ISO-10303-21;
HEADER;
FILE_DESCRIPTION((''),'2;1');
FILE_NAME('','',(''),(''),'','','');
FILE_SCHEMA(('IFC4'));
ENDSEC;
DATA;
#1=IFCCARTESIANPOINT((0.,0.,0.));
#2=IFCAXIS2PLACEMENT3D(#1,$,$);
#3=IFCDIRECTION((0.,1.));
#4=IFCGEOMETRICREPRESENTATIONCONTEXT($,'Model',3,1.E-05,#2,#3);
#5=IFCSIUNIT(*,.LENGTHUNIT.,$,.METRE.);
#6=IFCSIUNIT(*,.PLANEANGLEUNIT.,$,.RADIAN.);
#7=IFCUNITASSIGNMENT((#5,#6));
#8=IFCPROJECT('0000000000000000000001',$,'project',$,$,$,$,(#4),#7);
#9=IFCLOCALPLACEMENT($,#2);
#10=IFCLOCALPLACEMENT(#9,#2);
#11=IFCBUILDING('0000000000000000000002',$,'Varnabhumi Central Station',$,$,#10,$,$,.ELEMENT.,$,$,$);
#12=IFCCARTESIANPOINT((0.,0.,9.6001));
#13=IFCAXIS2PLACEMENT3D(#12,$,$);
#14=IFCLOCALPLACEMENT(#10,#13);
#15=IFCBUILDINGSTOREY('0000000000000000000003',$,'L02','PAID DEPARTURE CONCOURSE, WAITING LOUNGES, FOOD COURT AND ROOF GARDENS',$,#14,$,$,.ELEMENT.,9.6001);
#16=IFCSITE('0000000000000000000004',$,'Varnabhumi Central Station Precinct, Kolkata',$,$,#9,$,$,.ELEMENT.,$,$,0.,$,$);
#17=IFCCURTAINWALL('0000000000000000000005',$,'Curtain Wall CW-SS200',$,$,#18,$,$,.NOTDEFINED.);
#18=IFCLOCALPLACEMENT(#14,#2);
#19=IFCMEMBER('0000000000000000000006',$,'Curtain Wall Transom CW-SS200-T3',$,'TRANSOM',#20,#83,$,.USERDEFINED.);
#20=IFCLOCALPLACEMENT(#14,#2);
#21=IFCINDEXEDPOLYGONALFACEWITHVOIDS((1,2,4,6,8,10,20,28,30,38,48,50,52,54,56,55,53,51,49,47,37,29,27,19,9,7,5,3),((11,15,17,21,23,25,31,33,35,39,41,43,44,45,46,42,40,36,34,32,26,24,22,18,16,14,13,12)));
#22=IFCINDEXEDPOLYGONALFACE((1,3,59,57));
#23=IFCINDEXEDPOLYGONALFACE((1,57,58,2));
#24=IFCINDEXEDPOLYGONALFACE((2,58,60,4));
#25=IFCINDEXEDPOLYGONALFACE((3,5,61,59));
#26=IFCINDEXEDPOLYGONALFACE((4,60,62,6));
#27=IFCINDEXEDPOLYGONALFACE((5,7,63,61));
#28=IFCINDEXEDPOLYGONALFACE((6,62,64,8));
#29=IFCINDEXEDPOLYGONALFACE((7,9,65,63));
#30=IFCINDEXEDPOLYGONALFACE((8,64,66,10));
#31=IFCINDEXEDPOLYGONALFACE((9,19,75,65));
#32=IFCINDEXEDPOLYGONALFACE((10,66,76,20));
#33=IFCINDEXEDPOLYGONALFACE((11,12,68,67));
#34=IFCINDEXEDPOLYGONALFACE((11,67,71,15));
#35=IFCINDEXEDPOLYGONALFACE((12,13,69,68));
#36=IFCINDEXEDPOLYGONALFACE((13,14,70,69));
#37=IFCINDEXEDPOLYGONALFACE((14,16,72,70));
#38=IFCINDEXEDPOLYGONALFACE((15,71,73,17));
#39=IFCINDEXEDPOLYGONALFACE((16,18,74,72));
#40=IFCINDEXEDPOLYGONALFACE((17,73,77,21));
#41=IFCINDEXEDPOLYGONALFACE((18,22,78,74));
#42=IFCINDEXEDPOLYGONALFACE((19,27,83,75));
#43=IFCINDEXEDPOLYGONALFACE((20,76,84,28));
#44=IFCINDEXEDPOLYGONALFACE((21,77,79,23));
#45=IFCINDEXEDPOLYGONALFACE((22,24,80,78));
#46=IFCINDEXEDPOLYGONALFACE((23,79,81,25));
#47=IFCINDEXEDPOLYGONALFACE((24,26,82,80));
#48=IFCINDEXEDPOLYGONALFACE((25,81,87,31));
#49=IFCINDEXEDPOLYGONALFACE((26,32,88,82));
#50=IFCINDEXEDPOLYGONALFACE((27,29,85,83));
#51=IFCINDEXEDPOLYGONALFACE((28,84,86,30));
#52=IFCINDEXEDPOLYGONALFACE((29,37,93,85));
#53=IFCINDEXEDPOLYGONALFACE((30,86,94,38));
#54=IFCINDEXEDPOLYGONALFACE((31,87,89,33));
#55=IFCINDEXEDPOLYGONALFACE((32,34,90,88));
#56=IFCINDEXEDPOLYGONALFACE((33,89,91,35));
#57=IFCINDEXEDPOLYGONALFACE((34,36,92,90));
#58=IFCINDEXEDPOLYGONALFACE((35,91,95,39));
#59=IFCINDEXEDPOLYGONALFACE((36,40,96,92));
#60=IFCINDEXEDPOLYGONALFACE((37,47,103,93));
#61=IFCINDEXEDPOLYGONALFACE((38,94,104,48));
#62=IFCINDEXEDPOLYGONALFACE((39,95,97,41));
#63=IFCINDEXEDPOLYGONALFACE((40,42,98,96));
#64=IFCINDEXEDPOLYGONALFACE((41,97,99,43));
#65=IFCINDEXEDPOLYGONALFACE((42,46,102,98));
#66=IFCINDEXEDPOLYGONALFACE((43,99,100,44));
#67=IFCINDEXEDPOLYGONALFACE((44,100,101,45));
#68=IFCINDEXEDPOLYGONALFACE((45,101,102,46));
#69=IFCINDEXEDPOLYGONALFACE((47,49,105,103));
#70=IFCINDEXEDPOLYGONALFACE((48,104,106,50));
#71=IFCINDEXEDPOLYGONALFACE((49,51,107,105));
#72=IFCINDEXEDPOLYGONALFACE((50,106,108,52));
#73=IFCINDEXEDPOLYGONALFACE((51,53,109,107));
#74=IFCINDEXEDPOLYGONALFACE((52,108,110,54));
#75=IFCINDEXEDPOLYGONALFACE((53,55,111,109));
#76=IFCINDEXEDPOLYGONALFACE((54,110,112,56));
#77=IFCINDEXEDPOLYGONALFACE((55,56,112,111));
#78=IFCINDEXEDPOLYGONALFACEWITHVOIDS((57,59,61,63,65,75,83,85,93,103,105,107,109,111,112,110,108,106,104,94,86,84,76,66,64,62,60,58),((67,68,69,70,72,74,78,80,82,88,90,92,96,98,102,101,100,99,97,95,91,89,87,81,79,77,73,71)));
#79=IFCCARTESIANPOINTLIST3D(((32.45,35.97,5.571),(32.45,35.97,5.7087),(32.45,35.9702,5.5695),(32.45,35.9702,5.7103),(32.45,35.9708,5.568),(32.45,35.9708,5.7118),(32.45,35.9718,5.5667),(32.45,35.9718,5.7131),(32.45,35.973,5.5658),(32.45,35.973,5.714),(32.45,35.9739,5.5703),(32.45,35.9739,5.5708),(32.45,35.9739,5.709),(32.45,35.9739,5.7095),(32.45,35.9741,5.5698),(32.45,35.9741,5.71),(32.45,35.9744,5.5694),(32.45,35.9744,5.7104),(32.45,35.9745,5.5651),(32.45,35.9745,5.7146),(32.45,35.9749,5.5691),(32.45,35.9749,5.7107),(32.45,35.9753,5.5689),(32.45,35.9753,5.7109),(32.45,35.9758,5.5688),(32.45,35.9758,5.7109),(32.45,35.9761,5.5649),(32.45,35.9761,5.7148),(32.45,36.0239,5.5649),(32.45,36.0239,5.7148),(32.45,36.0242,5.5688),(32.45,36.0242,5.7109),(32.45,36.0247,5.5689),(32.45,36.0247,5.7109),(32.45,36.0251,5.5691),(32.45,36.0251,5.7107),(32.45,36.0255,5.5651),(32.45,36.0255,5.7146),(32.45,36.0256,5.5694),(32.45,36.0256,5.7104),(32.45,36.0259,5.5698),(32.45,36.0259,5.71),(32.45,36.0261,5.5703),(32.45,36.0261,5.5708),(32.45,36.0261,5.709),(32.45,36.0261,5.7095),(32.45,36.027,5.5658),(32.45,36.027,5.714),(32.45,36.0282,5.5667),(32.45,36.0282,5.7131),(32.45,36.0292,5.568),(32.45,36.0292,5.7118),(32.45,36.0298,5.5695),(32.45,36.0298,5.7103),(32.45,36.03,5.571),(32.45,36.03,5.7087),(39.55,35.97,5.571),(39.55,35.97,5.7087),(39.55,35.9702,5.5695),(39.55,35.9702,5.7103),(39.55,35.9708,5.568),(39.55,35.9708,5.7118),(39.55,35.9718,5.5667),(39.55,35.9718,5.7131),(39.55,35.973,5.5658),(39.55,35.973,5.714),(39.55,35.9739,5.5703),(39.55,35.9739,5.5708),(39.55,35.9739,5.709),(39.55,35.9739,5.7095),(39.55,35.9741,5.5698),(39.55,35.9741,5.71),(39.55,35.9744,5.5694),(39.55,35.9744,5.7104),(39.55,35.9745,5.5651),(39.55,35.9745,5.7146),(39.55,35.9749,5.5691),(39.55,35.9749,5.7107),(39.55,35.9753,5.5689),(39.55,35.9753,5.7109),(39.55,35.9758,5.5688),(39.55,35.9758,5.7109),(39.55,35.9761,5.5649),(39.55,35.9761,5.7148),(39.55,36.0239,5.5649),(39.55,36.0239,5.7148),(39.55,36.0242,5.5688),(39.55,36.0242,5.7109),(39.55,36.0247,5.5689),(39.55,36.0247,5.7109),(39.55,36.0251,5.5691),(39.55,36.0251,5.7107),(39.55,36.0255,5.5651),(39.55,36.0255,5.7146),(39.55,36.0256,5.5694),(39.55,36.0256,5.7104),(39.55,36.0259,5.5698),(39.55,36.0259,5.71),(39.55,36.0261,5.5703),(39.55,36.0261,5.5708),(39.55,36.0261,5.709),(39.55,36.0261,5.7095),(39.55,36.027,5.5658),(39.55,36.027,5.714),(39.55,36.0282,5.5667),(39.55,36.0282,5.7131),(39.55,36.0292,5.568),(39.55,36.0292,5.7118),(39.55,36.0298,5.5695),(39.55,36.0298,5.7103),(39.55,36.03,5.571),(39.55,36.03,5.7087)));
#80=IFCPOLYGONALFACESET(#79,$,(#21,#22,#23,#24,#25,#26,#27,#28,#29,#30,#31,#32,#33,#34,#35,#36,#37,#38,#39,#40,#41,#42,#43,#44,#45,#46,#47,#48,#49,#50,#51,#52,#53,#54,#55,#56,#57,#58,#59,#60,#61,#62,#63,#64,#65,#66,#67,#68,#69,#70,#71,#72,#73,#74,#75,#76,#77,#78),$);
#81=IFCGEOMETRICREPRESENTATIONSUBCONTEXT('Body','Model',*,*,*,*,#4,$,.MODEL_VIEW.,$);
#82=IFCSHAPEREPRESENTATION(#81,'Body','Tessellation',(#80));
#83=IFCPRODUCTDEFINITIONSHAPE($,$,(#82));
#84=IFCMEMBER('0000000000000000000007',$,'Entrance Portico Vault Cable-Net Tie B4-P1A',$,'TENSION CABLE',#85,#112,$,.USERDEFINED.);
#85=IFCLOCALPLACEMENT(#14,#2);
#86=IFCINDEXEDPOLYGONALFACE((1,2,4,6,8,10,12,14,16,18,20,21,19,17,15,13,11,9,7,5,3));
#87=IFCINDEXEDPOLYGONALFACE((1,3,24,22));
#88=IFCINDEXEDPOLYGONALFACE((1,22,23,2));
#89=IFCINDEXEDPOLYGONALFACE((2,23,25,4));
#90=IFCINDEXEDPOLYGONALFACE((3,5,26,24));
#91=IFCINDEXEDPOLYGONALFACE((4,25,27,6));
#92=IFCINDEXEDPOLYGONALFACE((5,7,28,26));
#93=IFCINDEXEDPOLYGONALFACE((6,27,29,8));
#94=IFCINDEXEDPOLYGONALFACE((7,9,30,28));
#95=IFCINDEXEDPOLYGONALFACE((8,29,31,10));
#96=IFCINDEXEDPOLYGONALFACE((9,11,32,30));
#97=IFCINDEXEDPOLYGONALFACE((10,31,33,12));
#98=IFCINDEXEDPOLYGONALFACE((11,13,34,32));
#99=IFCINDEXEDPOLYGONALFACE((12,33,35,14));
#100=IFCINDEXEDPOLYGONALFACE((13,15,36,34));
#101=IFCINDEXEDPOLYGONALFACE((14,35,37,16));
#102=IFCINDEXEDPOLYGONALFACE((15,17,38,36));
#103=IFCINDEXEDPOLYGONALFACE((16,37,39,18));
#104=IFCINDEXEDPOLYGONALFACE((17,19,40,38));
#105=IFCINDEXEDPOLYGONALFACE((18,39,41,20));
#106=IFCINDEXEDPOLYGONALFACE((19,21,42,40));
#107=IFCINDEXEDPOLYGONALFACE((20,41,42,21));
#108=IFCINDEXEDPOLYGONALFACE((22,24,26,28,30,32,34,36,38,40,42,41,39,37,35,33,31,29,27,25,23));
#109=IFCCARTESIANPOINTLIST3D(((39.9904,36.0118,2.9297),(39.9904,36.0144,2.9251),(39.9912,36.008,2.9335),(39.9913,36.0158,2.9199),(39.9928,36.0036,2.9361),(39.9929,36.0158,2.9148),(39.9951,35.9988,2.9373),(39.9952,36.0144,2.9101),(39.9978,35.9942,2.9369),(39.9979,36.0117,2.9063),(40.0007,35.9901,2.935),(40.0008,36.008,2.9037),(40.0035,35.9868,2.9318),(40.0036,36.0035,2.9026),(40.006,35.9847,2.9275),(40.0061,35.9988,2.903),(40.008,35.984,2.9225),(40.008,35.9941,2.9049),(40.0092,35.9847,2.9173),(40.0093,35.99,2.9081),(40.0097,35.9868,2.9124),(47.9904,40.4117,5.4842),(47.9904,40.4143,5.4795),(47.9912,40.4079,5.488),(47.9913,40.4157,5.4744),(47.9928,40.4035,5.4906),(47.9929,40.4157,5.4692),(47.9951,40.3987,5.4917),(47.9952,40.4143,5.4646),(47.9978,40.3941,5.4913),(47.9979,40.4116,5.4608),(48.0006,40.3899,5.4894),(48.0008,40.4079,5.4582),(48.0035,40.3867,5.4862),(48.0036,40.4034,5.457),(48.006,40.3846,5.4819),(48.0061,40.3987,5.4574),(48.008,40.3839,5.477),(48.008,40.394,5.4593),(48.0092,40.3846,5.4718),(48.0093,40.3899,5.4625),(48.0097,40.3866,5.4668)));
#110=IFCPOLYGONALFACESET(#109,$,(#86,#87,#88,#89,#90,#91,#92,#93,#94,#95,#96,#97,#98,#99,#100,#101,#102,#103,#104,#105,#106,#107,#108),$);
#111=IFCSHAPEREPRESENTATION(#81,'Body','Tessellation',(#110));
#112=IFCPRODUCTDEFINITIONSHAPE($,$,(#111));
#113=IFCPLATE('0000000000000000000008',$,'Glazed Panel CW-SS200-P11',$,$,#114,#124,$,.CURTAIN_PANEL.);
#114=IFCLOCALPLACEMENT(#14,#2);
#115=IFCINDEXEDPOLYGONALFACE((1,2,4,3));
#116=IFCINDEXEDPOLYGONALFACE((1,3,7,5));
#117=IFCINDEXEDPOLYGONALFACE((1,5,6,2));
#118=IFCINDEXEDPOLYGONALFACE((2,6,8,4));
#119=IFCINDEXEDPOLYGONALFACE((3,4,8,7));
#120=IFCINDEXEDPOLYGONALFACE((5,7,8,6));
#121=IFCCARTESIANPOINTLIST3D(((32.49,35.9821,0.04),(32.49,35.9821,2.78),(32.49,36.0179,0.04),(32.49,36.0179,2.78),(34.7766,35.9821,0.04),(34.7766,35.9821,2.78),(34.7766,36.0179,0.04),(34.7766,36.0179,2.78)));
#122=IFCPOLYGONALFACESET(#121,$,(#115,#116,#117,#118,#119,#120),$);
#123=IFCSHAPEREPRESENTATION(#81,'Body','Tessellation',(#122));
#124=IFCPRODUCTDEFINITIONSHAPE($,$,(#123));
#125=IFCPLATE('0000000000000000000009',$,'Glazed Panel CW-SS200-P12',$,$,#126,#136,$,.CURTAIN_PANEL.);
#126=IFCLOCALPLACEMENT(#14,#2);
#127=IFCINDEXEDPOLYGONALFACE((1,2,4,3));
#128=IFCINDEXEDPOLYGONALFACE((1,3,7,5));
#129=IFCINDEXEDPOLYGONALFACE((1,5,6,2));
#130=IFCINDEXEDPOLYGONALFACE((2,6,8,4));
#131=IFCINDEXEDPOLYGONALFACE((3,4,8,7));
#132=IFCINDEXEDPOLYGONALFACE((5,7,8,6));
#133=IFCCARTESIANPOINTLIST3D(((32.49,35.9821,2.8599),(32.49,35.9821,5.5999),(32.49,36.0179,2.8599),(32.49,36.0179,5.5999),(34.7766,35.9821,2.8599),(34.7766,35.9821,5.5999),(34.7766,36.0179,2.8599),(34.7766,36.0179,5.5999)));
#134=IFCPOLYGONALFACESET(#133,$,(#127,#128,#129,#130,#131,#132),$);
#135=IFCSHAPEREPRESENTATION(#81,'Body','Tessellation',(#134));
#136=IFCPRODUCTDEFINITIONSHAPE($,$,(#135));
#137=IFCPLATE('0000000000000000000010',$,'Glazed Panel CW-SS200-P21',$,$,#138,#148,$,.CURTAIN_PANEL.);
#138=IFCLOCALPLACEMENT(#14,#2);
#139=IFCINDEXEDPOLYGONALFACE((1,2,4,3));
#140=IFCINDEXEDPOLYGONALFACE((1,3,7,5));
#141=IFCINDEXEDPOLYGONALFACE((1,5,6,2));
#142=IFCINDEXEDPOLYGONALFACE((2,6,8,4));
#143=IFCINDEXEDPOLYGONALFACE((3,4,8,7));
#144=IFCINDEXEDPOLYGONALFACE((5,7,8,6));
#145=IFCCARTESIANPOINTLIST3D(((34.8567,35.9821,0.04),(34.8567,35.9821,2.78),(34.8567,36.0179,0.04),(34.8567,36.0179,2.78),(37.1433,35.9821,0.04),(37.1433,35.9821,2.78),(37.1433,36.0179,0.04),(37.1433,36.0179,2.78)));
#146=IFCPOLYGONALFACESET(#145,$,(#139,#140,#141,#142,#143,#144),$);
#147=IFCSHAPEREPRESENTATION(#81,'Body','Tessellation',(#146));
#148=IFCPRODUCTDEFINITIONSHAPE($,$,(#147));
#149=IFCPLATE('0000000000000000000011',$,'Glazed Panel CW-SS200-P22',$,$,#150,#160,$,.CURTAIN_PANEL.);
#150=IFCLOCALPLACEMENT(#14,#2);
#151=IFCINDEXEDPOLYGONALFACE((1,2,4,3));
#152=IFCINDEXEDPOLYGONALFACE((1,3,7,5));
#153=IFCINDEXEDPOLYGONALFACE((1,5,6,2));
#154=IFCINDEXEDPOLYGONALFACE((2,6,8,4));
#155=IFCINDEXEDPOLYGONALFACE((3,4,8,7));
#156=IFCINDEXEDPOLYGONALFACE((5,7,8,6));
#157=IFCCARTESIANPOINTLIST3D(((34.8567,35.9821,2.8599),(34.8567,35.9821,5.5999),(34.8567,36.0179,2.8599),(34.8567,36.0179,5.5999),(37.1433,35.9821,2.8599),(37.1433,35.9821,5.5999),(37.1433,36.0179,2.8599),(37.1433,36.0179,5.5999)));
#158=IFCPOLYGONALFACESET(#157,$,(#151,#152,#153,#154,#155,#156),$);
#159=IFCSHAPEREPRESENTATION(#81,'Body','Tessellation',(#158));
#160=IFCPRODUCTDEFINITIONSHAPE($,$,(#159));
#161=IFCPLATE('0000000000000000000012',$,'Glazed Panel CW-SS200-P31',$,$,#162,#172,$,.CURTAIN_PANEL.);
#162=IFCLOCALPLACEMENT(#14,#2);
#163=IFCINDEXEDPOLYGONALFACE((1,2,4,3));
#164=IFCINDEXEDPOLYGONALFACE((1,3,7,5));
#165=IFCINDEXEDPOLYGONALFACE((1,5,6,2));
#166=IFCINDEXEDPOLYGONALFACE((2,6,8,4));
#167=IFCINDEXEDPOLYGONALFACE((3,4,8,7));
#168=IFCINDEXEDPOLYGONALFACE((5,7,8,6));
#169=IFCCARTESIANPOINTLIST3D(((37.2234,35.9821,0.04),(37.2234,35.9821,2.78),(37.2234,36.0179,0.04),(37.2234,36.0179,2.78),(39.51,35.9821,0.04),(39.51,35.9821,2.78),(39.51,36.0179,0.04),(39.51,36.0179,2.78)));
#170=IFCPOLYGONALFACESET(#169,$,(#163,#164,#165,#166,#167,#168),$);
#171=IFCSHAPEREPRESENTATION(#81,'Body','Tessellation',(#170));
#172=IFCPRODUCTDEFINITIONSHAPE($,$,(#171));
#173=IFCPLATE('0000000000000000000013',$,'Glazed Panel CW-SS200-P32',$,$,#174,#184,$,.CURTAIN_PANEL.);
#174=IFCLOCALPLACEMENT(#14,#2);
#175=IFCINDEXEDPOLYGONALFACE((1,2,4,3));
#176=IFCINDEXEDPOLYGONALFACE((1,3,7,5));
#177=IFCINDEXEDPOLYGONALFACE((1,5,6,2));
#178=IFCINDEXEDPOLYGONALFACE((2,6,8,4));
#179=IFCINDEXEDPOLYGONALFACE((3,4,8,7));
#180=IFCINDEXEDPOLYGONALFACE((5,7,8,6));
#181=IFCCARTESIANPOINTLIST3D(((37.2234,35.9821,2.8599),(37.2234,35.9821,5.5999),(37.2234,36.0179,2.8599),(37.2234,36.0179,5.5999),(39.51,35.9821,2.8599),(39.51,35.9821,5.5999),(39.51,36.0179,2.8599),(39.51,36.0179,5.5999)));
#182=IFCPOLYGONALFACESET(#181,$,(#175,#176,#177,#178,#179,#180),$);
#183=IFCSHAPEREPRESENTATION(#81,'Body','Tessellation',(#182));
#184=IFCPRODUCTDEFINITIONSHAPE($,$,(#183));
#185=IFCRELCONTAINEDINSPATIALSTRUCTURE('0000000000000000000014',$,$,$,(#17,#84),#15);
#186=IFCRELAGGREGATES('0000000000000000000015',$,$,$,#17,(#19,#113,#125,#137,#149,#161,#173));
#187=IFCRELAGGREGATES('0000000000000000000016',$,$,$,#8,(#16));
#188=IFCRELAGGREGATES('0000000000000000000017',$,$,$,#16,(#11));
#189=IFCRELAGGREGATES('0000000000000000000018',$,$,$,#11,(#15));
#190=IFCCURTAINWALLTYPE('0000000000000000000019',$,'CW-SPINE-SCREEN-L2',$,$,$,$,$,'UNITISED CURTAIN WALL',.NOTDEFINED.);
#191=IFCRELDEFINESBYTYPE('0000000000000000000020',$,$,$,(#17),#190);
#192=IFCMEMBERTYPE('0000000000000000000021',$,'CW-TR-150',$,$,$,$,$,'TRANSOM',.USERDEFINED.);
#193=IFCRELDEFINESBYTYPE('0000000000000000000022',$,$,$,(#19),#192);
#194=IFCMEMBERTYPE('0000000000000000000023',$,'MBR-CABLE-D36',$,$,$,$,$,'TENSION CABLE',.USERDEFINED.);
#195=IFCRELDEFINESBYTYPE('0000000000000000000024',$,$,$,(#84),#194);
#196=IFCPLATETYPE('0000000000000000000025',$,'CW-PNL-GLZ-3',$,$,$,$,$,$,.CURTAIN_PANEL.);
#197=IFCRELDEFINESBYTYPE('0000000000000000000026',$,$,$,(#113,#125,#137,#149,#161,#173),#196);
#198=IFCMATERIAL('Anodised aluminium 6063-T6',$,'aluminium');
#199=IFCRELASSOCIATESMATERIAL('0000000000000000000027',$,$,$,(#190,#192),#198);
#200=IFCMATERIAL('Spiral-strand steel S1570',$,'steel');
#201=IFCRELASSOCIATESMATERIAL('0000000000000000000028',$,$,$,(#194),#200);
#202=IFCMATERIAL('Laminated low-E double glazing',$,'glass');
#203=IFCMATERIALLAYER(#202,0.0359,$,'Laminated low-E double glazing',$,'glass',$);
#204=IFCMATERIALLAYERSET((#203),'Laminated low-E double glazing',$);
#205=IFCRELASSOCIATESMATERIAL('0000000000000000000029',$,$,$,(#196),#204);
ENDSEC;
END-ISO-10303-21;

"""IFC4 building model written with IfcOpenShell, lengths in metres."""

from ifc_helpers import new_model, si_unit, direction, frame, origin, origin_2d, place, context, subcontext, project, spatial, rectangle, hollow_rectangle, circle, extrude, material, layer, layer_set, material_profile, profile_set, type_object, element, aggregate, save


model = new_model("IFC4")

# Units and contexts
model_context = context("Model", 3, precision=1e-05, world=origin(), true_north=direction((0.0, 1.0)))
body_context = subcontext(model_context, "Body", "Model", "MODEL_VIEW")
ifc_project = project(units=[si_unit("LENGTHUNIT", "METRE"), si_unit("PLANEANGLEUNIT", "RADIAN")], contexts=[model_context])

# Site, building, storey
site_placement = place(None, origin())
site = spatial("IfcSite", under=ifc_project, at=site_placement, Name="Varnabhumi Central Station Precinct, Kolkata", CompositionType="ELEMENT", RefElevation=0.0)
building_placement = place(site_placement, origin())
building = spatial("IfcBuilding", under=site, at=building_placement, Name="Varnabhumi Central Station", CompositionType="ELEMENT")
storey_placement = place(building_placement, frame((0.0, 0.0, 9.6001)))
storey = spatial("IfcBuildingStorey", under=building, at=storey_placement, Name="L02", Description="PAID DEPARTURE CONCOURSE, WAITING LOUNGES, FOOD COURT AND ROOF GARDENS", CompositionType="ELEMENT", Elevation=9.6001)

# Curtain wall, member
ifc_material_1 = material(Name="Anodised aluminium 6063-T6", Category="aluminium")
curtain_wall_type = type_object("IfcCurtainWallType", Name="CW-SPINE-SCREEN-L2", ElementType="UNITISED CURTAIN WALL", PredefinedType="NOTDEFINED", material=ifc_material_1)
curtain_wall_placement = place(storey_placement, origin())
curtain_wall = element("IfcCurtainWall", 1, at=curtain_wall_placement, inside=storey, type_object=curtain_wall_type, Name="Curtain Wall CW-SS200", PredefinedType="NOTDEFINED")
ifc_material_profile_1 = material_profile(ifc_material_1, hollow_rectangle(XDim=0.0601, YDim=0.1499, WallThickness=0.0039, InnerFilletRadius=0.002, OuterFilletRadius=0.0061, at=origin_2d()), Name="Anodised aluminium 6063-T6", Category="aluminium")
ifc_profile_set_1 = profile_set([ifc_material_profile_1], Name="Anodised aluminium 6063-T6")
member_type_1 = type_object("IfcMemberType", Name="CW-TR-150", ElementType="TRANSOM", PredefinedType="USERDEFINED", material=ifc_profile_set_1)
member_1_placement = place(storey_placement, frame((32.45, 36.0, 5.6399), z_axis=(1.0, 0.0, 0.0), x_axis=(0.0, 1.0, 0.0)))
member_1 = element("IfcMember", 2, at=member_1_placement, type_object=member_type_1, Name="Curtain Wall Transom CW-SS200-T3", ObjectType="TRANSOM", PredefinedType="USERDEFINED", context=body_context, shape_type="SweptSolid", body=[
    extrude(hollow_rectangle(XDim=0.0601, YDim=0.1499, WallThickness=0.0039, InnerFilletRadius=0.002, OuterFilletRadius=0.0061, at=origin_2d()), origin(), (0.0, 0.0, 1.0), 7.1001),
])

# Member
ifc_material_2 = material(Name="Spiral-strand steel S1570", Category="steel")
ifc_material_profile_2 = material_profile(ifc_material_2, circle(Radius=0.0181, at=origin_2d()), Name="Spiral-strand steel S1570", Category="steel")
ifc_profile_set_2 = profile_set([ifc_material_profile_2], Name="Spiral-strand steel S1570")
member_type_2 = type_object("IfcMemberType", Name="MBR-CABLE-D36", ElementType="TENSION CABLE", PredefinedType="USERDEFINED", material=ifc_profile_set_2)
member_2_placement = place(storey_placement, frame((40.0, 36.0, 2.9199), z_axis=(0.843817, 0.464089, 0.269435), x_axis=(-0.481911, 0.87622, 0.0)))
element("IfcMember", 3, at=member_2_placement, inside=storey, type_object=member_type_2, Name="Entrance Portico Vault Cable-Net Tie B4-P1A", ObjectType="TENSION CABLE", PredefinedType="USERDEFINED", context=body_context, shape_type="SweptSolid", body=[
    extrude(circle(Radius=0.0181, at=origin_2d()), origin(), (0.0, 0.0, 1.0), 9.4807),
])

# Plates
ifc_material_3 = material(Name="Laminated low-E double glazing", Category="glass")
ifc_layer_1 = layer(ifc_material_3, 0.0359, Name="Laminated low-E double glazing", Category="glass")
ifc_layer_set_1 = layer_set([ifc_layer_1], Name="Laminated low-E double glazing")
plate_type_1 = type_object("IfcPlateType", Name="CW-PNL-GLZ-3", PredefinedType="CURTAIN_PANEL", material=ifc_layer_set_1)
plate_1_placement = place(storey_placement, frame((33.6333, 36.0, 0.04), z_axis=(0.0, 0.0, 1.0), x_axis=(1.0, 0.0, 0.0)))
plate_1 = element("IfcPlate", 4, at=plate_1_placement, type_object=plate_type_1, Name="Glazed Panel CW-SS200-P11", PredefinedType="CURTAIN_PANEL", context=body_context, shape_type="SweptSolid", body=[
    extrude(rectangle(XDim=2.2866, YDim=0.0359, at=origin_2d()), origin(), (0.0, 0.0, 1.0), 2.74),
])
plate_2_placement = place(storey_placement, frame((33.6333, 36.0, 2.8599), z_axis=(0.0, 0.0, 1.0), x_axis=(1.0, 0.0, 0.0)))
plate_2 = element("IfcPlate", 5, at=plate_2_placement, type_object=plate_type_1, Name="Glazed Panel CW-SS200-P12", PredefinedType="CURTAIN_PANEL", context=body_context, shape_type="SweptSolid", body=[
    extrude(rectangle(XDim=2.2866, YDim=0.0359, at=origin_2d()), origin(), (0.0, 0.0, 1.0), 2.74),
])
plate_3_placement = place(storey_placement, frame((36.0, 36.0, 0.04), z_axis=(0.0, 0.0, 1.0), x_axis=(1.0, 0.0, 0.0)))
plate_3 = element("IfcPlate", 6, at=plate_3_placement, type_object=plate_type_1, Name="Glazed Panel CW-SS200-P21", PredefinedType="CURTAIN_PANEL", context=body_context, shape_type="SweptSolid", body=[
    extrude(rectangle(XDim=2.2866, YDim=0.0359, at=origin_2d()), origin(), (0.0, 0.0, 1.0), 2.74),
])
plate_4_placement = place(storey_placement, frame((36.0, 36.0, 2.8599), z_axis=(0.0, 0.0, 1.0), x_axis=(1.0, 0.0, 0.0)))
plate_4 = element("IfcPlate", 7, at=plate_4_placement, type_object=plate_type_1, Name="Glazed Panel CW-SS200-P22", PredefinedType="CURTAIN_PANEL", context=body_context, shape_type="SweptSolid", body=[
    extrude(rectangle(XDim=2.2866, YDim=0.0359, at=origin_2d()), origin(), (0.0, 0.0, 1.0), 2.74),
])
plate_5_placement = place(storey_placement, frame((38.3667, 36.0, 0.04), z_axis=(0.0, 0.0, 1.0), x_axis=(1.0, 0.0, 0.0)))
plate_5 = element("IfcPlate", 8, at=plate_5_placement, type_object=plate_type_1, Name="Glazed Panel CW-SS200-P31", PredefinedType="CURTAIN_PANEL", context=body_context, shape_type="SweptSolid", body=[
    extrude(rectangle(XDim=2.2866, YDim=0.0359, at=origin_2d()), origin(), (0.0, 0.0, 1.0), 2.74),
])
plate_6_placement = place(storey_placement, frame((38.3667, 36.0, 2.8599), z_axis=(0.0, 0.0, 1.0), x_axis=(1.0, 0.0, 0.0)))
plate_6 = element("IfcPlate", 9, at=plate_6_placement, type_object=plate_type_1, Name="Glazed Panel CW-SS200-P32", PredefinedType="CURTAIN_PANEL", context=body_context, shape_type="SweptSolid", body=[
    extrude(rectangle(XDim=2.2866, YDim=0.0359, at=origin_2d()), origin(), (0.0, 0.0, 1.0), 2.74),
])
aggregate(curtain_wall, [member_1, plate_1, plate_2, plate_3, plate_4, plate_5, plate_6])

save(model, "model.ifc")
